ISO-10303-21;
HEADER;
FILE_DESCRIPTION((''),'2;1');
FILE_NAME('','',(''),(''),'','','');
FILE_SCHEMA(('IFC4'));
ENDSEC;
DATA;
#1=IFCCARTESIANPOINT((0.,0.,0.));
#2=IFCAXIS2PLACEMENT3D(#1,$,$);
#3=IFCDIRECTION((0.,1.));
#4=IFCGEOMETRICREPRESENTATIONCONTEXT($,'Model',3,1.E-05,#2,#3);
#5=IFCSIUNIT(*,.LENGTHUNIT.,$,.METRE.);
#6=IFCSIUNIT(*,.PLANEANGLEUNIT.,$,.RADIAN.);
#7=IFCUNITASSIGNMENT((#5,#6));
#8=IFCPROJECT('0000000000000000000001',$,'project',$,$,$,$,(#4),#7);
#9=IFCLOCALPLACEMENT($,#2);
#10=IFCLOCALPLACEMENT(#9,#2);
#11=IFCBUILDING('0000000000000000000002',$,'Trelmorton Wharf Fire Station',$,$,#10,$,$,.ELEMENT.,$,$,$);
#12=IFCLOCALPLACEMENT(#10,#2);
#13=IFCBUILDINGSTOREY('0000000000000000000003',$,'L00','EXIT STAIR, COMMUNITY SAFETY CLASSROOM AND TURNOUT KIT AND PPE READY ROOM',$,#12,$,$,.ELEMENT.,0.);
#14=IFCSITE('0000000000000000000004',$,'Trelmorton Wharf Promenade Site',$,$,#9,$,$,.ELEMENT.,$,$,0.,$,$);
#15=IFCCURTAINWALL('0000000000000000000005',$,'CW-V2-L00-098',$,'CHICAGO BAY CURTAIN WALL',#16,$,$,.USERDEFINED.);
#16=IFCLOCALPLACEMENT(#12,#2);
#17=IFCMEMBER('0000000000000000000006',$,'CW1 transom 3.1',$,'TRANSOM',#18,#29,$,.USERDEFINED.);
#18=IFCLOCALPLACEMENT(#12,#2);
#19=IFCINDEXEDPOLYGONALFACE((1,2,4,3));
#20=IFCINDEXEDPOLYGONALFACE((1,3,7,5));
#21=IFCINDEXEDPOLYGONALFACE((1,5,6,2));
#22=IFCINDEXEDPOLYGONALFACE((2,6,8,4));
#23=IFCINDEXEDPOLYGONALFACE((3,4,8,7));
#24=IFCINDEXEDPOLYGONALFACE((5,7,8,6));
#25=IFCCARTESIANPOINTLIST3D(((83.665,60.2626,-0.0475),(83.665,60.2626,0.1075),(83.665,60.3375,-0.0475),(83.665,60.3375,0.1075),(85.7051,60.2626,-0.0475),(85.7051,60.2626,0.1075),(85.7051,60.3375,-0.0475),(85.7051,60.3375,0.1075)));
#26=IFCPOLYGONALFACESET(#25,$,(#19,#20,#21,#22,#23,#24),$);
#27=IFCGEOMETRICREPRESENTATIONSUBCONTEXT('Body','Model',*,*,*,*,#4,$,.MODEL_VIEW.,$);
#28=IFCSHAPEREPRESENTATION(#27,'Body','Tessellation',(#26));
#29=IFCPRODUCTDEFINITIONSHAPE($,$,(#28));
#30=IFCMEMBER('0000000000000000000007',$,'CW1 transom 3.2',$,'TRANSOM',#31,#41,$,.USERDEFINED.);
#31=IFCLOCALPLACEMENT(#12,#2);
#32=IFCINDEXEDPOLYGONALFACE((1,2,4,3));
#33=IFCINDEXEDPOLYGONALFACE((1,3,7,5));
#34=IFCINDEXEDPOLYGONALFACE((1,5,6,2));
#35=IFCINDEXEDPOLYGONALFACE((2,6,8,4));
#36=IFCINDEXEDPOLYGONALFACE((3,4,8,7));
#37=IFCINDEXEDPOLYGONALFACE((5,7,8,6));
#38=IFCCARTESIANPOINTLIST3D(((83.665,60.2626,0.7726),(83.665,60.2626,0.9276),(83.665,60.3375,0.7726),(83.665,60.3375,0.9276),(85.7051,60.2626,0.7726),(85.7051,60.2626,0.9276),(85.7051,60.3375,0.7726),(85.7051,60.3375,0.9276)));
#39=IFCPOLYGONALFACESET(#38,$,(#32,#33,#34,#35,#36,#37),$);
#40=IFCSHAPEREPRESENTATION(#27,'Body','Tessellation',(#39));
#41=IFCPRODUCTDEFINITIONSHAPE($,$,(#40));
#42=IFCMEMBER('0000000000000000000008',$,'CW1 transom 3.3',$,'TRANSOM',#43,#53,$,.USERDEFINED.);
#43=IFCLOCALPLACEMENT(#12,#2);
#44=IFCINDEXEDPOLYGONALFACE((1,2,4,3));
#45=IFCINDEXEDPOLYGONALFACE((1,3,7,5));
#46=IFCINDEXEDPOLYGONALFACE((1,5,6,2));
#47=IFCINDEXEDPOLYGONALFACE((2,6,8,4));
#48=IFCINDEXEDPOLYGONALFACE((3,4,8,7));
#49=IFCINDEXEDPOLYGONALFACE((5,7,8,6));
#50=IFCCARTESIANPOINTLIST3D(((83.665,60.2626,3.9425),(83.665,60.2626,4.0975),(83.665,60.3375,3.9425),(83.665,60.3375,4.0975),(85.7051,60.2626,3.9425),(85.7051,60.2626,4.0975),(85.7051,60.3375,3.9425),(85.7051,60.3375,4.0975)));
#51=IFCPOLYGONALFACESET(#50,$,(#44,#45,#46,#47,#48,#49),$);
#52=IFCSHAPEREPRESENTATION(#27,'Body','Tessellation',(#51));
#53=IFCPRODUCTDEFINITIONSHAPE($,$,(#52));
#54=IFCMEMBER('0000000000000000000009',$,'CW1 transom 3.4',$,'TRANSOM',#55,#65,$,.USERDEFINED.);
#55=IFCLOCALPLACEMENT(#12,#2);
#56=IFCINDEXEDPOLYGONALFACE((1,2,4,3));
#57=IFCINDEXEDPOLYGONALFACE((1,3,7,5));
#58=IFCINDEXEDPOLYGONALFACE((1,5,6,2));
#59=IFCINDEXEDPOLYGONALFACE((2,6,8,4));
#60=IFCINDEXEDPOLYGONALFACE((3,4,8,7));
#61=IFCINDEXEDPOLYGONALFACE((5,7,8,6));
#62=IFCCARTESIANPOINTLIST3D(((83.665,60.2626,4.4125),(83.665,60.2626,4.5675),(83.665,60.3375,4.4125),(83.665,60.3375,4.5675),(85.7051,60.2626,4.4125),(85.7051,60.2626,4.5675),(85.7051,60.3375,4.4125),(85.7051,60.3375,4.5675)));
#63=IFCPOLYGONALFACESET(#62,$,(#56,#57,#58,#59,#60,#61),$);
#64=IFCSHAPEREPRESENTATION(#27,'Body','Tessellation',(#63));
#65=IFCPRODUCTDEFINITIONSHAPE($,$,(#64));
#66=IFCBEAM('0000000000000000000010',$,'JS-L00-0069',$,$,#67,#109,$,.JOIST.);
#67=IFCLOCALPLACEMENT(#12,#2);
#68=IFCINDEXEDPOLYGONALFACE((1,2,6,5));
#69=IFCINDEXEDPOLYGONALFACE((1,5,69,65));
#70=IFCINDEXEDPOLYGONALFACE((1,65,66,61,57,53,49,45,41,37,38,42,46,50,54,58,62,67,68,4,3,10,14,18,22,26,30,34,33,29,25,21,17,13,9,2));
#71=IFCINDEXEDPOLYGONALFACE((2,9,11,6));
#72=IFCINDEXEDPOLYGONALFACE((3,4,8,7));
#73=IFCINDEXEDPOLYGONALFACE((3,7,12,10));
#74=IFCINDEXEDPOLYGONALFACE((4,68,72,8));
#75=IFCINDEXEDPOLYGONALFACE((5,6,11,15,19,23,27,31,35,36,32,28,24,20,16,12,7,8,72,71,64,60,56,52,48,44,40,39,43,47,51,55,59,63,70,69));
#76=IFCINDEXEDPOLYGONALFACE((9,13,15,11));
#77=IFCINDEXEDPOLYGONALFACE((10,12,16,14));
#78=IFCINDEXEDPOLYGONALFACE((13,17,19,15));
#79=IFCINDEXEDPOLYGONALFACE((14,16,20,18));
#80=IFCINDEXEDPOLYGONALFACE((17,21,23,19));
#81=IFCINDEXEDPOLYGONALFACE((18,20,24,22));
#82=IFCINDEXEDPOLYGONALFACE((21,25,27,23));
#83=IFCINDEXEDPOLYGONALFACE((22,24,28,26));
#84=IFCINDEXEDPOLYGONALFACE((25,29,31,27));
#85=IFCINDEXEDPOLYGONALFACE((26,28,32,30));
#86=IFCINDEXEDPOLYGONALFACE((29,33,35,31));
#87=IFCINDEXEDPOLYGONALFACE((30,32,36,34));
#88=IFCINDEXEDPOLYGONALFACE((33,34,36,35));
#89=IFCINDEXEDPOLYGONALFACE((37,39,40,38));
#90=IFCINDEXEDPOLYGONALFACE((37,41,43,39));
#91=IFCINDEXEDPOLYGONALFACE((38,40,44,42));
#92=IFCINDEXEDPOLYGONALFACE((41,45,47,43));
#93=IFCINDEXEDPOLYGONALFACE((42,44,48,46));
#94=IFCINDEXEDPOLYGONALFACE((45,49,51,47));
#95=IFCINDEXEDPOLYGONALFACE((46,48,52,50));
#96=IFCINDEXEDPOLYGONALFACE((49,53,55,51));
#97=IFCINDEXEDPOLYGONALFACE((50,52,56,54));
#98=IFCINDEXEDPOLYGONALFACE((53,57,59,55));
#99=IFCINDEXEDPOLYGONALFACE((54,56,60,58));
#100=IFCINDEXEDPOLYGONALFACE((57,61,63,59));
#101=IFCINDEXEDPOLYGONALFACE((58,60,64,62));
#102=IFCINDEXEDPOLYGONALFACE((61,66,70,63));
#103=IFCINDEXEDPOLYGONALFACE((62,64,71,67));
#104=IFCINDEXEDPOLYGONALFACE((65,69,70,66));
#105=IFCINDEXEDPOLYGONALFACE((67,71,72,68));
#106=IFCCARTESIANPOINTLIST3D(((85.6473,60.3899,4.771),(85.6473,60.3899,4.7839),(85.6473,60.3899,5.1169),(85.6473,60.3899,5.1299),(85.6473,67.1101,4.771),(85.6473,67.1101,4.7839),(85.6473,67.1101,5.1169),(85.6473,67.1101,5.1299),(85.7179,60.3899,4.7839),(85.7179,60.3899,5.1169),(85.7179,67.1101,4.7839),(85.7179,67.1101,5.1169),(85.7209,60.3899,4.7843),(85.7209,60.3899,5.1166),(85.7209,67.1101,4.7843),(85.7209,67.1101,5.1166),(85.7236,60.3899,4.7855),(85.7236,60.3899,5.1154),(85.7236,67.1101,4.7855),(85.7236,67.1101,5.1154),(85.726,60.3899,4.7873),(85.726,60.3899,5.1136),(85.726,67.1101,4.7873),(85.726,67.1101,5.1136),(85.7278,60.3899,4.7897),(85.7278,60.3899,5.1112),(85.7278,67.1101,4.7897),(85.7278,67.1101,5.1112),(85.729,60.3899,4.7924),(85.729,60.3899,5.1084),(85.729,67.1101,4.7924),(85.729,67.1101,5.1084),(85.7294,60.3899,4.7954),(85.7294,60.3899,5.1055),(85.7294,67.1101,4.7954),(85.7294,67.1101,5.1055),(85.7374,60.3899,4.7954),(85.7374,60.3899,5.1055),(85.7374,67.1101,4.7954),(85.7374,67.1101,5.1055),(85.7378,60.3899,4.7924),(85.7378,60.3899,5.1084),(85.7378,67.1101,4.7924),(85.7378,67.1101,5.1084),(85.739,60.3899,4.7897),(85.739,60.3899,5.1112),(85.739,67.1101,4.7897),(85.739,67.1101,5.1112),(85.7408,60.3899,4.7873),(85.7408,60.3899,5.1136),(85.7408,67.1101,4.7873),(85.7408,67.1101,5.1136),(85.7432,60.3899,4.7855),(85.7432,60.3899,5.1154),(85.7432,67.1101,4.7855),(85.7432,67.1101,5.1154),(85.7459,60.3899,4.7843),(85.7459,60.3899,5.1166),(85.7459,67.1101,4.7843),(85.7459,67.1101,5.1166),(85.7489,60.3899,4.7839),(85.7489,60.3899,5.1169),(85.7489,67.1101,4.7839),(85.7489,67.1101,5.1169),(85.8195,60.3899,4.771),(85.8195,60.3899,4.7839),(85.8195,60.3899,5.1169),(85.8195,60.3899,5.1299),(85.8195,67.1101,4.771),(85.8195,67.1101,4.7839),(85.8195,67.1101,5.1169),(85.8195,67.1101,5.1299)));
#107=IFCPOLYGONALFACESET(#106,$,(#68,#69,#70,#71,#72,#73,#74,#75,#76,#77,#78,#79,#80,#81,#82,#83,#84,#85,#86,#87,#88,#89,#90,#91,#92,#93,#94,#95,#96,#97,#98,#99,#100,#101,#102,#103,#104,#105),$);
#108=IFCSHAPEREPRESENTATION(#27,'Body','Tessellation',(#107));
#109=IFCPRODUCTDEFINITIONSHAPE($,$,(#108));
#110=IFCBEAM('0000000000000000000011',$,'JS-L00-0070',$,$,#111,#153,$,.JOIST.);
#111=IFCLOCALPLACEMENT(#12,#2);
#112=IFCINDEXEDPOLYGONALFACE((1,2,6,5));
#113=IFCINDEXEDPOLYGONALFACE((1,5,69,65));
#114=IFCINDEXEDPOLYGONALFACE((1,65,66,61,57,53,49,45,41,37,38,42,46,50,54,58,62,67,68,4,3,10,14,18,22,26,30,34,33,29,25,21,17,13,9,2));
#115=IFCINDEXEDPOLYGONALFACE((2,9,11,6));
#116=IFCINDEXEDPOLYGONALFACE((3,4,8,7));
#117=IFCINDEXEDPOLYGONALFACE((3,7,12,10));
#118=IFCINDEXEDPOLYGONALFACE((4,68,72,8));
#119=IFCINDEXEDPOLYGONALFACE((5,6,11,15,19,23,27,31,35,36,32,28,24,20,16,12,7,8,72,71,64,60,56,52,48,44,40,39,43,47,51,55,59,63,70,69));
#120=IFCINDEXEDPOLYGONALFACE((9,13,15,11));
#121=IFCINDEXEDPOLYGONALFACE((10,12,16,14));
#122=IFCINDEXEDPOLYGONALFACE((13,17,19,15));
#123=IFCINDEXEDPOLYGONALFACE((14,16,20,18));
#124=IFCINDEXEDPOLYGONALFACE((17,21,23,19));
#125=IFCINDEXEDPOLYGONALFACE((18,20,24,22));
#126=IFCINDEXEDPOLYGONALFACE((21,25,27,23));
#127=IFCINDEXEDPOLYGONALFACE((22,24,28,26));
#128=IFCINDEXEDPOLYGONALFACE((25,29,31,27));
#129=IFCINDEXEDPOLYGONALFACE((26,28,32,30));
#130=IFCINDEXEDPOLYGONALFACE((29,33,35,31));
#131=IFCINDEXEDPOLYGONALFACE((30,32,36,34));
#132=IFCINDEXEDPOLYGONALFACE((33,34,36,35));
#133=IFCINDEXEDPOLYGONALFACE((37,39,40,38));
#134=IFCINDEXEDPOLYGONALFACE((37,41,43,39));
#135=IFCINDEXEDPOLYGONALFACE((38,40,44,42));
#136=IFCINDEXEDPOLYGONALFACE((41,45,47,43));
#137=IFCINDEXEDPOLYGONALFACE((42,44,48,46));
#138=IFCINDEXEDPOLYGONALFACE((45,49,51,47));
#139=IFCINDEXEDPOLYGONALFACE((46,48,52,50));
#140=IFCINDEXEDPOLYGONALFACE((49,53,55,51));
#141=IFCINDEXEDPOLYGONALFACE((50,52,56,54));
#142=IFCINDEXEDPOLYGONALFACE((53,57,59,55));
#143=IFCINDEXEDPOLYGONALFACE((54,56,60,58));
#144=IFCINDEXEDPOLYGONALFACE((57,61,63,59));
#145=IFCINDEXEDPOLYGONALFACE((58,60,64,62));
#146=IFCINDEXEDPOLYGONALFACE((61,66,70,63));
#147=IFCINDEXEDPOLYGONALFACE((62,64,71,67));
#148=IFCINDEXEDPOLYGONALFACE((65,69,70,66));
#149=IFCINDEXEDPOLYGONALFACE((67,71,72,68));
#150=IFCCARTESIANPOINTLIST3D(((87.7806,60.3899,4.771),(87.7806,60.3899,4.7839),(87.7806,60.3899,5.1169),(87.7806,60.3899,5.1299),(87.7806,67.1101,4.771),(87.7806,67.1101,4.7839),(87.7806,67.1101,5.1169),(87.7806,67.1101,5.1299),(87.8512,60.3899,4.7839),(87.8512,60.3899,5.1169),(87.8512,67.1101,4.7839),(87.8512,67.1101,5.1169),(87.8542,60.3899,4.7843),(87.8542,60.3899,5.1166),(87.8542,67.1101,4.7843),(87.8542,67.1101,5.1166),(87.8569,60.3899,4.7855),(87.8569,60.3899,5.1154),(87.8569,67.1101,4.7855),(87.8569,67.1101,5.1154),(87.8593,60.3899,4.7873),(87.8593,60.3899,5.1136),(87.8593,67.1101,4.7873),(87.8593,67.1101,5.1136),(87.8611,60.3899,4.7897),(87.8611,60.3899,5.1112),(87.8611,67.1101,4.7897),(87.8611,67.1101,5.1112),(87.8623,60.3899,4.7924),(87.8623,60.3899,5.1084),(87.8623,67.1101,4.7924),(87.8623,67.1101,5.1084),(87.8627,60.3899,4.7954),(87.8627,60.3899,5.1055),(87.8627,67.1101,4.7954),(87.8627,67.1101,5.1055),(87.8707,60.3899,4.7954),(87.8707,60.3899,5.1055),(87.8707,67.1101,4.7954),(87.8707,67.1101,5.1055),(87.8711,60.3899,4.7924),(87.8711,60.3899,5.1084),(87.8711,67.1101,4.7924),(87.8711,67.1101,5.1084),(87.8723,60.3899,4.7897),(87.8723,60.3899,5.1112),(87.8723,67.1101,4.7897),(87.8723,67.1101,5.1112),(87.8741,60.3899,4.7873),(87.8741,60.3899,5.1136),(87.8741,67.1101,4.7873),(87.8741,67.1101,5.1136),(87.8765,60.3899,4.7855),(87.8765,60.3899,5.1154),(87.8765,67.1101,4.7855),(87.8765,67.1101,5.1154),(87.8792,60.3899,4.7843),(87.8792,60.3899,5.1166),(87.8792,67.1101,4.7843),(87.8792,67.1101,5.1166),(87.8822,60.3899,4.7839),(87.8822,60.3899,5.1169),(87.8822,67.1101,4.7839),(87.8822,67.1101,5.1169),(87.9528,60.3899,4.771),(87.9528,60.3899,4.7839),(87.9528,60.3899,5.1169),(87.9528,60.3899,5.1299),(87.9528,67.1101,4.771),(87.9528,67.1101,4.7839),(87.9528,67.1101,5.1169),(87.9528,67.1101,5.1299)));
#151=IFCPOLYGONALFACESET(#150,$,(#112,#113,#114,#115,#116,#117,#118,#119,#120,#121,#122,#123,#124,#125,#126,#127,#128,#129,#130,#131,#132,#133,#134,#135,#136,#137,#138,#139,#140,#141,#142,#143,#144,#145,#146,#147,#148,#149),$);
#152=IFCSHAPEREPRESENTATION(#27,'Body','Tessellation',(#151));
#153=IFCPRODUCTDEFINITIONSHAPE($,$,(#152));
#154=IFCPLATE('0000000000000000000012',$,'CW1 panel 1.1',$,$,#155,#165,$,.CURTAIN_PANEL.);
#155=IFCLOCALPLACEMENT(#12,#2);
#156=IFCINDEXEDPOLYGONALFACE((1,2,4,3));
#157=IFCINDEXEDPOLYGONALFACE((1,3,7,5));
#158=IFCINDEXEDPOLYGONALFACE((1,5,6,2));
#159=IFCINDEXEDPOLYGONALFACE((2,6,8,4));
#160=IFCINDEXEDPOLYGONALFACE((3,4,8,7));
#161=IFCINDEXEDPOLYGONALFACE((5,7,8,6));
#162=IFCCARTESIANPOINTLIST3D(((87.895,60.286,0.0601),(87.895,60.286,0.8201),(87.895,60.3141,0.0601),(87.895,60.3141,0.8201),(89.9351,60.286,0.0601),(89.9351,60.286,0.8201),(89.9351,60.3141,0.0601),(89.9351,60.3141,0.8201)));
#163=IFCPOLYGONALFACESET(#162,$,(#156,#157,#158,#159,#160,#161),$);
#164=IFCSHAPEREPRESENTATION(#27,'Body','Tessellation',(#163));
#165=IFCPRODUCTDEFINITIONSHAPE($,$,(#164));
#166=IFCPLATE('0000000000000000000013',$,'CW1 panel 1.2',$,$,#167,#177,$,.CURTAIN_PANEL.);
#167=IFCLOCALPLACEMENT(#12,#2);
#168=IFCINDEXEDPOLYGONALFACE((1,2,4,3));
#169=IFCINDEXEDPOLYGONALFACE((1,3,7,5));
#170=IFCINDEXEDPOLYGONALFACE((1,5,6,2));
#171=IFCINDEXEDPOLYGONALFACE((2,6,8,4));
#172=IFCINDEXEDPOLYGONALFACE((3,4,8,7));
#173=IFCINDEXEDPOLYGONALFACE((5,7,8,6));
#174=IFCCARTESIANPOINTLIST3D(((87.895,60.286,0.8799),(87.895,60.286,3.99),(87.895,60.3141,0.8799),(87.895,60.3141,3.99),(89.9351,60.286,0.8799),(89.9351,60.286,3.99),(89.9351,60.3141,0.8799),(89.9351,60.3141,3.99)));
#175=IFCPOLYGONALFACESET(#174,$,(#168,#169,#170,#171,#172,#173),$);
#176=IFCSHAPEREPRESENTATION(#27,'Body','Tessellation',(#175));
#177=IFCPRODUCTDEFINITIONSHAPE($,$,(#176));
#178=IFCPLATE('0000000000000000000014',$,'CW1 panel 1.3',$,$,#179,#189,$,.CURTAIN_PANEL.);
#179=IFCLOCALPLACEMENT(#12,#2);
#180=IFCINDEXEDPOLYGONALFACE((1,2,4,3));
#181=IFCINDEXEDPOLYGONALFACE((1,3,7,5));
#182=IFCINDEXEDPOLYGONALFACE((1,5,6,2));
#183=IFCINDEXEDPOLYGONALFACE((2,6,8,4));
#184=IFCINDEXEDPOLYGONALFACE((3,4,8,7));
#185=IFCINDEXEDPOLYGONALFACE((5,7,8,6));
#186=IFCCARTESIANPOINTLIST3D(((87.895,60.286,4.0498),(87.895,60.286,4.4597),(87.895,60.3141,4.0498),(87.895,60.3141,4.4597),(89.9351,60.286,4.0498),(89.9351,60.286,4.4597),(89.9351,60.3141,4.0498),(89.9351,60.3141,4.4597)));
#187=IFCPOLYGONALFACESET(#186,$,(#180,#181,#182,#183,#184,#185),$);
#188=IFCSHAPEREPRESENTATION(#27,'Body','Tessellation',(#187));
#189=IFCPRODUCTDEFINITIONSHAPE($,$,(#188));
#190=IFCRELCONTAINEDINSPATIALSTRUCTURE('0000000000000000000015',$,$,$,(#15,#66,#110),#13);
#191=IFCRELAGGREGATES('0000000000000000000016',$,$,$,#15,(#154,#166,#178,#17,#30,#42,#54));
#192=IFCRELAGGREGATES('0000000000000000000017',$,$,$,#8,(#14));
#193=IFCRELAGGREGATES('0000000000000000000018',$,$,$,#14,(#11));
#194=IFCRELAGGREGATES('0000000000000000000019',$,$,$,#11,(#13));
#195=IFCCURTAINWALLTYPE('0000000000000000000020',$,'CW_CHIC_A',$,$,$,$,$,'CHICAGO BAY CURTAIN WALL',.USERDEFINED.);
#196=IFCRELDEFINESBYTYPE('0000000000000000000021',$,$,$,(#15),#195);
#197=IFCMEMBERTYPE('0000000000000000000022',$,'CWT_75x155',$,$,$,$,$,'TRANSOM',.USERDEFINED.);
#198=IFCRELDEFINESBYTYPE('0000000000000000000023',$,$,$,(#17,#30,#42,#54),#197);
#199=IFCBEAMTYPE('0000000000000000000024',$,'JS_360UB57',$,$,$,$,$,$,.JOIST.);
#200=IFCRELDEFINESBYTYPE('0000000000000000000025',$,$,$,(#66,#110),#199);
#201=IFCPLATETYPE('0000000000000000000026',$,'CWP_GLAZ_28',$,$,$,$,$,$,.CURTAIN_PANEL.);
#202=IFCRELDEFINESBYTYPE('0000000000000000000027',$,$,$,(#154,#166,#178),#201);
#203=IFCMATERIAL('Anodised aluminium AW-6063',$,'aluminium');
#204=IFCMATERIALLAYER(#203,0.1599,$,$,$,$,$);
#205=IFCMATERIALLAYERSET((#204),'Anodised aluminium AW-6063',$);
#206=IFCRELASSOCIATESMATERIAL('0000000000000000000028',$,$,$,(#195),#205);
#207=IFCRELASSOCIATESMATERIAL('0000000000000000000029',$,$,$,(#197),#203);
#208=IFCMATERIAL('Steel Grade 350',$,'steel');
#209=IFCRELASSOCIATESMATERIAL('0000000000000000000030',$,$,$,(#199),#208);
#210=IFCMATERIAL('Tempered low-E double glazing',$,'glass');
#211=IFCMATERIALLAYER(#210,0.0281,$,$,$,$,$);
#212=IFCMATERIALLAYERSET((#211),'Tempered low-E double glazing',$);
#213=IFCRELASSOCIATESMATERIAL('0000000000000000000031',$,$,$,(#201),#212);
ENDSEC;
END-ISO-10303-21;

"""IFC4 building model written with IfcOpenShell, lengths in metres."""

from ifc_helpers import new_model, si_unit, direction, frame, origin, origin_2d, place, context, subcontext, project, spatial, rectangle, i_section, extrude, material, layer, layer_set, material_profile, profile_set, type_object, element, aggregate, save


model = new_model("IFC4")

# Units and contexts
model_context = context("Model", 3, precision=1e-05, world=origin(), true_north=direction((0.0, 1.0)))
body_context = subcontext(model_context, "Body", "Model", "MODEL_VIEW")
ifc_project = project(units=[si_unit("LENGTHUNIT", "METRE"), si_unit("PLANEANGLEUNIT", "RADIAN")], contexts=[model_context])

# Site, building, storey
site_placement = place(None, origin())
site = spatial("IfcSite", under=ifc_project, at=site_placement, Name="Trelmorton Wharf Promenade Site", CompositionType="ELEMENT", RefElevation=0.0)
building_placement = place(site_placement, origin())
building = spatial("IfcBuilding", under=site, at=building_placement, Name="Trelmorton Wharf Fire Station", CompositionType="ELEMENT")
storey_placement = place(building_placement, origin())
storey = spatial("IfcBuildingStorey", under=building, at=storey_placement, Name="L00", Description="EXIT STAIR, COMMUNITY SAFETY CLASSROOM AND TURNOUT KIT AND PPE READY ROOM", CompositionType="ELEMENT", Elevation=0.0)

# Curtain wall, members
ifc_material_1 = material(Name="Anodised aluminium AW-6063", Category="aluminium")
ifc_layer_1 = layer(ifc_material_1, 0.1599)
ifc_layer_set_1 = layer_set([ifc_layer_1], Name="Anodised aluminium AW-6063")
curtain_wall_type = type_object("IfcCurtainWallType", Name="CW_CHIC_A", ElementType="CHICAGO BAY CURTAIN WALL", PredefinedType="USERDEFINED", material=ifc_layer_set_1)
curtain_wall_placement = place(storey_placement, origin())
curtain_wall = element("IfcCurtainWall", 1, at=curtain_wall_placement, inside=storey, type_object=curtain_wall_type, Name="CW-V2-L00-098", ObjectType="CHICAGO BAY CURTAIN WALL", PredefinedType="USERDEFINED")
ifc_material_profile_1 = material_profile(ifc_material_1, rectangle(XDim=0.075, YDim=0.155, at=origin_2d()), Name="ALU-75x155")
ifc_profile_set_1 = profile_set([ifc_material_profile_1], Name="Anodised aluminium AW-6063")
member_type_1 = type_object("IfcMemberType", Name="CWT_75x155", ElementType="TRANSOM", PredefinedType="USERDEFINED", material=ifc_profile_set_1)
member_1_placement = place(storey_placement, frame((85.7051, 60.3, 0.03), z_axis=(-1.0, 0.0, 0.0), x_axis=(0.0, -1.0, 0.0)))
member_1 = element("IfcMember", 2, at=member_1_placement, type_object=member_type_1, Name="CW1 transom 3.1", ObjectType="TRANSOM", PredefinedType="USERDEFINED", context=body_context, shape_type="SweptSolid", body=[
    extrude(rectangle(XDim=0.075, YDim=0.155, at=origin_2d()), origin(), (0.0, 0.0, 1.0), 2.04),
])
member_2_placement = place(storey_placement, frame((85.7051, 60.3, 0.8501), z_axis=(-1.0, 0.0, 0.0), x_axis=(0.0, -1.0, 0.0)))
member_2 = element("IfcMember", 3, at=member_2_placement, type_object=member_type_1, Name="CW1 transom 3.2", ObjectType="TRANSOM", PredefinedType="USERDEFINED", context=body_context, shape_type="SweptSolid", body=[
    extrude(rectangle(XDim=0.075, YDim=0.155, at=origin_2d()), origin(), (0.0, 0.0, 1.0), 2.04),
])
member_3_placement = place(storey_placement, frame((85.7051, 60.3, 4.02), z_axis=(-1.0, 0.0, 0.0), x_axis=(0.0, -1.0, 0.0)))
member_3 = element("IfcMember", 4, at=member_3_placement, type_object=member_type_1, Name="CW1 transom 3.3", ObjectType="TRANSOM", PredefinedType="USERDEFINED", context=body_context, shape_type="SweptSolid", body=[
    extrude(rectangle(XDim=0.075, YDim=0.155, at=origin_2d()), origin(), (0.0, 0.0, 1.0), 2.04),
])
member_4_placement = place(storey_placement, frame((85.7051, 60.3, 4.49), z_axis=(-1.0, 0.0, 0.0), x_axis=(0.0, -1.0, 0.0)))
member_4 = element("IfcMember", 5, at=member_4_placement, type_object=member_type_1, Name="CW1 transom 3.4", ObjectType="TRANSOM", PredefinedType="USERDEFINED", context=body_context, shape_type="SweptSolid", body=[
    extrude(rectangle(XDim=0.075, YDim=0.155, at=origin_2d()), origin(), (0.0, 0.0, 1.0), 2.04),
])

# Beams
ifc_material_2 = material(Name="Steel Grade 350", Category="steel")
ifc_material_profile_2 = material_profile(ifc_material_2, i_section(OverallWidth=0.1721, OverallDepth=0.3589, WebThickness=0.0081, FlangeThickness=0.0129, FilletRadius=0.0115, at=origin_2d()), Name="360UB56.7")
ifc_profile_set_2 = profile_set([ifc_material_profile_2], Name="Steel Grade 350")
beam_type = type_object("IfcBeamType", Name="JS_360UB57", PredefinedType="JOIST", material=ifc_profile_set_2)
for number, where, z_axis, x_axis, name in (
    (6, (85.7334, 60.3899, 4.9504), (0.0, 1.0, 0.0), (-1.0, 0.0, 0.0), "JS-L00-0069"),
    (7, (87.8667, 60.3899, 4.9504), (0.0, 1.0, 0.0), (-1.0, 0.0, 0.0), "JS-L00-0070"),
):
    element("IfcBeam", number, at=place(storey_placement, frame(where, z_axis=z_axis, x_axis=x_axis)), inside=storey, type_object=beam_type, Name=name, PredefinedType="JOIST", context=body_context, shape_type="SweptSolid", body=[
        extrude(i_section(OverallWidth=0.1721, OverallDepth=0.3589, WebThickness=0.0081, FlangeThickness=0.0129, FilletRadius=0.0115, at=origin_2d()), origin(), (0.0, 0.0, 1.0), 6.7202),
    ])

# Plates
ifc_material_3 = material(Name="Tempered low-E double glazing", Category="glass")
ifc_layer_2 = layer(ifc_material_3, 0.0281)
ifc_layer_set_2 = layer_set([ifc_layer_2], Name="Tempered low-E double glazing")
plate_type = type_object("IfcPlateType", Name="CWP_GLAZ_28", PredefinedType="CURTAIN_PANEL", material=ifc_layer_set_2)
plate_1_placement = place(storey_placement, frame((88.915, 60.3, 0.0601), z_axis=(0.0, 0.0, 1.0), x_axis=(-1.0, 0.0, 0.0)))
plate_1 = element("IfcPlate", 8, at=plate_1_placement, type_object=plate_type, Name="CW1 panel 1.1", PredefinedType="CURTAIN_PANEL", context=body_context, shape_type="SweptSolid", body=[
    extrude(rectangle(XDim=2.04, YDim=0.0281, at=origin_2d()), origin(), (0.0, 0.0, 1.0), 0.76),
])
plate_2_placement = place(storey_placement, frame((88.915, 60.3, 0.8799), z_axis=(0.0, 0.0, 1.0), x_axis=(-1.0, 0.0, 0.0)))
plate_2 = element("IfcPlate", 9, at=plate_2_placement, type_object=plate_type, Name="CW1 panel 1.2", PredefinedType="CURTAIN_PANEL", context=body_context, shape_type="SweptSolid", body=[
    extrude(rectangle(XDim=2.04, YDim=0.0281, at=origin_2d()), origin(), (0.0, 0.0, 1.0), 3.1101),
])
plate_3_placement = place(storey_placement, frame((88.915, 60.3, 4.0498), z_axis=(0.0, 0.0, 1.0), x_axis=(-1.0, 0.0, 0.0)))
plate_3 = element("IfcPlate", 10, at=plate_3_placement, type_object=plate_type, Name="CW1 panel 1.3", PredefinedType="CURTAIN_PANEL", context=body_context, shape_type="SweptSolid", body=[
    extrude(rectangle(XDim=2.04, YDim=0.0281, at=origin_2d()), origin(), (0.0, 0.0, 1.0), 0.4099),
])
aggregate(curtain_wall, [plate_1, plate_2, plate_3, member_1, member_2, member_3, member_4])

save(model, "model.ifc")
